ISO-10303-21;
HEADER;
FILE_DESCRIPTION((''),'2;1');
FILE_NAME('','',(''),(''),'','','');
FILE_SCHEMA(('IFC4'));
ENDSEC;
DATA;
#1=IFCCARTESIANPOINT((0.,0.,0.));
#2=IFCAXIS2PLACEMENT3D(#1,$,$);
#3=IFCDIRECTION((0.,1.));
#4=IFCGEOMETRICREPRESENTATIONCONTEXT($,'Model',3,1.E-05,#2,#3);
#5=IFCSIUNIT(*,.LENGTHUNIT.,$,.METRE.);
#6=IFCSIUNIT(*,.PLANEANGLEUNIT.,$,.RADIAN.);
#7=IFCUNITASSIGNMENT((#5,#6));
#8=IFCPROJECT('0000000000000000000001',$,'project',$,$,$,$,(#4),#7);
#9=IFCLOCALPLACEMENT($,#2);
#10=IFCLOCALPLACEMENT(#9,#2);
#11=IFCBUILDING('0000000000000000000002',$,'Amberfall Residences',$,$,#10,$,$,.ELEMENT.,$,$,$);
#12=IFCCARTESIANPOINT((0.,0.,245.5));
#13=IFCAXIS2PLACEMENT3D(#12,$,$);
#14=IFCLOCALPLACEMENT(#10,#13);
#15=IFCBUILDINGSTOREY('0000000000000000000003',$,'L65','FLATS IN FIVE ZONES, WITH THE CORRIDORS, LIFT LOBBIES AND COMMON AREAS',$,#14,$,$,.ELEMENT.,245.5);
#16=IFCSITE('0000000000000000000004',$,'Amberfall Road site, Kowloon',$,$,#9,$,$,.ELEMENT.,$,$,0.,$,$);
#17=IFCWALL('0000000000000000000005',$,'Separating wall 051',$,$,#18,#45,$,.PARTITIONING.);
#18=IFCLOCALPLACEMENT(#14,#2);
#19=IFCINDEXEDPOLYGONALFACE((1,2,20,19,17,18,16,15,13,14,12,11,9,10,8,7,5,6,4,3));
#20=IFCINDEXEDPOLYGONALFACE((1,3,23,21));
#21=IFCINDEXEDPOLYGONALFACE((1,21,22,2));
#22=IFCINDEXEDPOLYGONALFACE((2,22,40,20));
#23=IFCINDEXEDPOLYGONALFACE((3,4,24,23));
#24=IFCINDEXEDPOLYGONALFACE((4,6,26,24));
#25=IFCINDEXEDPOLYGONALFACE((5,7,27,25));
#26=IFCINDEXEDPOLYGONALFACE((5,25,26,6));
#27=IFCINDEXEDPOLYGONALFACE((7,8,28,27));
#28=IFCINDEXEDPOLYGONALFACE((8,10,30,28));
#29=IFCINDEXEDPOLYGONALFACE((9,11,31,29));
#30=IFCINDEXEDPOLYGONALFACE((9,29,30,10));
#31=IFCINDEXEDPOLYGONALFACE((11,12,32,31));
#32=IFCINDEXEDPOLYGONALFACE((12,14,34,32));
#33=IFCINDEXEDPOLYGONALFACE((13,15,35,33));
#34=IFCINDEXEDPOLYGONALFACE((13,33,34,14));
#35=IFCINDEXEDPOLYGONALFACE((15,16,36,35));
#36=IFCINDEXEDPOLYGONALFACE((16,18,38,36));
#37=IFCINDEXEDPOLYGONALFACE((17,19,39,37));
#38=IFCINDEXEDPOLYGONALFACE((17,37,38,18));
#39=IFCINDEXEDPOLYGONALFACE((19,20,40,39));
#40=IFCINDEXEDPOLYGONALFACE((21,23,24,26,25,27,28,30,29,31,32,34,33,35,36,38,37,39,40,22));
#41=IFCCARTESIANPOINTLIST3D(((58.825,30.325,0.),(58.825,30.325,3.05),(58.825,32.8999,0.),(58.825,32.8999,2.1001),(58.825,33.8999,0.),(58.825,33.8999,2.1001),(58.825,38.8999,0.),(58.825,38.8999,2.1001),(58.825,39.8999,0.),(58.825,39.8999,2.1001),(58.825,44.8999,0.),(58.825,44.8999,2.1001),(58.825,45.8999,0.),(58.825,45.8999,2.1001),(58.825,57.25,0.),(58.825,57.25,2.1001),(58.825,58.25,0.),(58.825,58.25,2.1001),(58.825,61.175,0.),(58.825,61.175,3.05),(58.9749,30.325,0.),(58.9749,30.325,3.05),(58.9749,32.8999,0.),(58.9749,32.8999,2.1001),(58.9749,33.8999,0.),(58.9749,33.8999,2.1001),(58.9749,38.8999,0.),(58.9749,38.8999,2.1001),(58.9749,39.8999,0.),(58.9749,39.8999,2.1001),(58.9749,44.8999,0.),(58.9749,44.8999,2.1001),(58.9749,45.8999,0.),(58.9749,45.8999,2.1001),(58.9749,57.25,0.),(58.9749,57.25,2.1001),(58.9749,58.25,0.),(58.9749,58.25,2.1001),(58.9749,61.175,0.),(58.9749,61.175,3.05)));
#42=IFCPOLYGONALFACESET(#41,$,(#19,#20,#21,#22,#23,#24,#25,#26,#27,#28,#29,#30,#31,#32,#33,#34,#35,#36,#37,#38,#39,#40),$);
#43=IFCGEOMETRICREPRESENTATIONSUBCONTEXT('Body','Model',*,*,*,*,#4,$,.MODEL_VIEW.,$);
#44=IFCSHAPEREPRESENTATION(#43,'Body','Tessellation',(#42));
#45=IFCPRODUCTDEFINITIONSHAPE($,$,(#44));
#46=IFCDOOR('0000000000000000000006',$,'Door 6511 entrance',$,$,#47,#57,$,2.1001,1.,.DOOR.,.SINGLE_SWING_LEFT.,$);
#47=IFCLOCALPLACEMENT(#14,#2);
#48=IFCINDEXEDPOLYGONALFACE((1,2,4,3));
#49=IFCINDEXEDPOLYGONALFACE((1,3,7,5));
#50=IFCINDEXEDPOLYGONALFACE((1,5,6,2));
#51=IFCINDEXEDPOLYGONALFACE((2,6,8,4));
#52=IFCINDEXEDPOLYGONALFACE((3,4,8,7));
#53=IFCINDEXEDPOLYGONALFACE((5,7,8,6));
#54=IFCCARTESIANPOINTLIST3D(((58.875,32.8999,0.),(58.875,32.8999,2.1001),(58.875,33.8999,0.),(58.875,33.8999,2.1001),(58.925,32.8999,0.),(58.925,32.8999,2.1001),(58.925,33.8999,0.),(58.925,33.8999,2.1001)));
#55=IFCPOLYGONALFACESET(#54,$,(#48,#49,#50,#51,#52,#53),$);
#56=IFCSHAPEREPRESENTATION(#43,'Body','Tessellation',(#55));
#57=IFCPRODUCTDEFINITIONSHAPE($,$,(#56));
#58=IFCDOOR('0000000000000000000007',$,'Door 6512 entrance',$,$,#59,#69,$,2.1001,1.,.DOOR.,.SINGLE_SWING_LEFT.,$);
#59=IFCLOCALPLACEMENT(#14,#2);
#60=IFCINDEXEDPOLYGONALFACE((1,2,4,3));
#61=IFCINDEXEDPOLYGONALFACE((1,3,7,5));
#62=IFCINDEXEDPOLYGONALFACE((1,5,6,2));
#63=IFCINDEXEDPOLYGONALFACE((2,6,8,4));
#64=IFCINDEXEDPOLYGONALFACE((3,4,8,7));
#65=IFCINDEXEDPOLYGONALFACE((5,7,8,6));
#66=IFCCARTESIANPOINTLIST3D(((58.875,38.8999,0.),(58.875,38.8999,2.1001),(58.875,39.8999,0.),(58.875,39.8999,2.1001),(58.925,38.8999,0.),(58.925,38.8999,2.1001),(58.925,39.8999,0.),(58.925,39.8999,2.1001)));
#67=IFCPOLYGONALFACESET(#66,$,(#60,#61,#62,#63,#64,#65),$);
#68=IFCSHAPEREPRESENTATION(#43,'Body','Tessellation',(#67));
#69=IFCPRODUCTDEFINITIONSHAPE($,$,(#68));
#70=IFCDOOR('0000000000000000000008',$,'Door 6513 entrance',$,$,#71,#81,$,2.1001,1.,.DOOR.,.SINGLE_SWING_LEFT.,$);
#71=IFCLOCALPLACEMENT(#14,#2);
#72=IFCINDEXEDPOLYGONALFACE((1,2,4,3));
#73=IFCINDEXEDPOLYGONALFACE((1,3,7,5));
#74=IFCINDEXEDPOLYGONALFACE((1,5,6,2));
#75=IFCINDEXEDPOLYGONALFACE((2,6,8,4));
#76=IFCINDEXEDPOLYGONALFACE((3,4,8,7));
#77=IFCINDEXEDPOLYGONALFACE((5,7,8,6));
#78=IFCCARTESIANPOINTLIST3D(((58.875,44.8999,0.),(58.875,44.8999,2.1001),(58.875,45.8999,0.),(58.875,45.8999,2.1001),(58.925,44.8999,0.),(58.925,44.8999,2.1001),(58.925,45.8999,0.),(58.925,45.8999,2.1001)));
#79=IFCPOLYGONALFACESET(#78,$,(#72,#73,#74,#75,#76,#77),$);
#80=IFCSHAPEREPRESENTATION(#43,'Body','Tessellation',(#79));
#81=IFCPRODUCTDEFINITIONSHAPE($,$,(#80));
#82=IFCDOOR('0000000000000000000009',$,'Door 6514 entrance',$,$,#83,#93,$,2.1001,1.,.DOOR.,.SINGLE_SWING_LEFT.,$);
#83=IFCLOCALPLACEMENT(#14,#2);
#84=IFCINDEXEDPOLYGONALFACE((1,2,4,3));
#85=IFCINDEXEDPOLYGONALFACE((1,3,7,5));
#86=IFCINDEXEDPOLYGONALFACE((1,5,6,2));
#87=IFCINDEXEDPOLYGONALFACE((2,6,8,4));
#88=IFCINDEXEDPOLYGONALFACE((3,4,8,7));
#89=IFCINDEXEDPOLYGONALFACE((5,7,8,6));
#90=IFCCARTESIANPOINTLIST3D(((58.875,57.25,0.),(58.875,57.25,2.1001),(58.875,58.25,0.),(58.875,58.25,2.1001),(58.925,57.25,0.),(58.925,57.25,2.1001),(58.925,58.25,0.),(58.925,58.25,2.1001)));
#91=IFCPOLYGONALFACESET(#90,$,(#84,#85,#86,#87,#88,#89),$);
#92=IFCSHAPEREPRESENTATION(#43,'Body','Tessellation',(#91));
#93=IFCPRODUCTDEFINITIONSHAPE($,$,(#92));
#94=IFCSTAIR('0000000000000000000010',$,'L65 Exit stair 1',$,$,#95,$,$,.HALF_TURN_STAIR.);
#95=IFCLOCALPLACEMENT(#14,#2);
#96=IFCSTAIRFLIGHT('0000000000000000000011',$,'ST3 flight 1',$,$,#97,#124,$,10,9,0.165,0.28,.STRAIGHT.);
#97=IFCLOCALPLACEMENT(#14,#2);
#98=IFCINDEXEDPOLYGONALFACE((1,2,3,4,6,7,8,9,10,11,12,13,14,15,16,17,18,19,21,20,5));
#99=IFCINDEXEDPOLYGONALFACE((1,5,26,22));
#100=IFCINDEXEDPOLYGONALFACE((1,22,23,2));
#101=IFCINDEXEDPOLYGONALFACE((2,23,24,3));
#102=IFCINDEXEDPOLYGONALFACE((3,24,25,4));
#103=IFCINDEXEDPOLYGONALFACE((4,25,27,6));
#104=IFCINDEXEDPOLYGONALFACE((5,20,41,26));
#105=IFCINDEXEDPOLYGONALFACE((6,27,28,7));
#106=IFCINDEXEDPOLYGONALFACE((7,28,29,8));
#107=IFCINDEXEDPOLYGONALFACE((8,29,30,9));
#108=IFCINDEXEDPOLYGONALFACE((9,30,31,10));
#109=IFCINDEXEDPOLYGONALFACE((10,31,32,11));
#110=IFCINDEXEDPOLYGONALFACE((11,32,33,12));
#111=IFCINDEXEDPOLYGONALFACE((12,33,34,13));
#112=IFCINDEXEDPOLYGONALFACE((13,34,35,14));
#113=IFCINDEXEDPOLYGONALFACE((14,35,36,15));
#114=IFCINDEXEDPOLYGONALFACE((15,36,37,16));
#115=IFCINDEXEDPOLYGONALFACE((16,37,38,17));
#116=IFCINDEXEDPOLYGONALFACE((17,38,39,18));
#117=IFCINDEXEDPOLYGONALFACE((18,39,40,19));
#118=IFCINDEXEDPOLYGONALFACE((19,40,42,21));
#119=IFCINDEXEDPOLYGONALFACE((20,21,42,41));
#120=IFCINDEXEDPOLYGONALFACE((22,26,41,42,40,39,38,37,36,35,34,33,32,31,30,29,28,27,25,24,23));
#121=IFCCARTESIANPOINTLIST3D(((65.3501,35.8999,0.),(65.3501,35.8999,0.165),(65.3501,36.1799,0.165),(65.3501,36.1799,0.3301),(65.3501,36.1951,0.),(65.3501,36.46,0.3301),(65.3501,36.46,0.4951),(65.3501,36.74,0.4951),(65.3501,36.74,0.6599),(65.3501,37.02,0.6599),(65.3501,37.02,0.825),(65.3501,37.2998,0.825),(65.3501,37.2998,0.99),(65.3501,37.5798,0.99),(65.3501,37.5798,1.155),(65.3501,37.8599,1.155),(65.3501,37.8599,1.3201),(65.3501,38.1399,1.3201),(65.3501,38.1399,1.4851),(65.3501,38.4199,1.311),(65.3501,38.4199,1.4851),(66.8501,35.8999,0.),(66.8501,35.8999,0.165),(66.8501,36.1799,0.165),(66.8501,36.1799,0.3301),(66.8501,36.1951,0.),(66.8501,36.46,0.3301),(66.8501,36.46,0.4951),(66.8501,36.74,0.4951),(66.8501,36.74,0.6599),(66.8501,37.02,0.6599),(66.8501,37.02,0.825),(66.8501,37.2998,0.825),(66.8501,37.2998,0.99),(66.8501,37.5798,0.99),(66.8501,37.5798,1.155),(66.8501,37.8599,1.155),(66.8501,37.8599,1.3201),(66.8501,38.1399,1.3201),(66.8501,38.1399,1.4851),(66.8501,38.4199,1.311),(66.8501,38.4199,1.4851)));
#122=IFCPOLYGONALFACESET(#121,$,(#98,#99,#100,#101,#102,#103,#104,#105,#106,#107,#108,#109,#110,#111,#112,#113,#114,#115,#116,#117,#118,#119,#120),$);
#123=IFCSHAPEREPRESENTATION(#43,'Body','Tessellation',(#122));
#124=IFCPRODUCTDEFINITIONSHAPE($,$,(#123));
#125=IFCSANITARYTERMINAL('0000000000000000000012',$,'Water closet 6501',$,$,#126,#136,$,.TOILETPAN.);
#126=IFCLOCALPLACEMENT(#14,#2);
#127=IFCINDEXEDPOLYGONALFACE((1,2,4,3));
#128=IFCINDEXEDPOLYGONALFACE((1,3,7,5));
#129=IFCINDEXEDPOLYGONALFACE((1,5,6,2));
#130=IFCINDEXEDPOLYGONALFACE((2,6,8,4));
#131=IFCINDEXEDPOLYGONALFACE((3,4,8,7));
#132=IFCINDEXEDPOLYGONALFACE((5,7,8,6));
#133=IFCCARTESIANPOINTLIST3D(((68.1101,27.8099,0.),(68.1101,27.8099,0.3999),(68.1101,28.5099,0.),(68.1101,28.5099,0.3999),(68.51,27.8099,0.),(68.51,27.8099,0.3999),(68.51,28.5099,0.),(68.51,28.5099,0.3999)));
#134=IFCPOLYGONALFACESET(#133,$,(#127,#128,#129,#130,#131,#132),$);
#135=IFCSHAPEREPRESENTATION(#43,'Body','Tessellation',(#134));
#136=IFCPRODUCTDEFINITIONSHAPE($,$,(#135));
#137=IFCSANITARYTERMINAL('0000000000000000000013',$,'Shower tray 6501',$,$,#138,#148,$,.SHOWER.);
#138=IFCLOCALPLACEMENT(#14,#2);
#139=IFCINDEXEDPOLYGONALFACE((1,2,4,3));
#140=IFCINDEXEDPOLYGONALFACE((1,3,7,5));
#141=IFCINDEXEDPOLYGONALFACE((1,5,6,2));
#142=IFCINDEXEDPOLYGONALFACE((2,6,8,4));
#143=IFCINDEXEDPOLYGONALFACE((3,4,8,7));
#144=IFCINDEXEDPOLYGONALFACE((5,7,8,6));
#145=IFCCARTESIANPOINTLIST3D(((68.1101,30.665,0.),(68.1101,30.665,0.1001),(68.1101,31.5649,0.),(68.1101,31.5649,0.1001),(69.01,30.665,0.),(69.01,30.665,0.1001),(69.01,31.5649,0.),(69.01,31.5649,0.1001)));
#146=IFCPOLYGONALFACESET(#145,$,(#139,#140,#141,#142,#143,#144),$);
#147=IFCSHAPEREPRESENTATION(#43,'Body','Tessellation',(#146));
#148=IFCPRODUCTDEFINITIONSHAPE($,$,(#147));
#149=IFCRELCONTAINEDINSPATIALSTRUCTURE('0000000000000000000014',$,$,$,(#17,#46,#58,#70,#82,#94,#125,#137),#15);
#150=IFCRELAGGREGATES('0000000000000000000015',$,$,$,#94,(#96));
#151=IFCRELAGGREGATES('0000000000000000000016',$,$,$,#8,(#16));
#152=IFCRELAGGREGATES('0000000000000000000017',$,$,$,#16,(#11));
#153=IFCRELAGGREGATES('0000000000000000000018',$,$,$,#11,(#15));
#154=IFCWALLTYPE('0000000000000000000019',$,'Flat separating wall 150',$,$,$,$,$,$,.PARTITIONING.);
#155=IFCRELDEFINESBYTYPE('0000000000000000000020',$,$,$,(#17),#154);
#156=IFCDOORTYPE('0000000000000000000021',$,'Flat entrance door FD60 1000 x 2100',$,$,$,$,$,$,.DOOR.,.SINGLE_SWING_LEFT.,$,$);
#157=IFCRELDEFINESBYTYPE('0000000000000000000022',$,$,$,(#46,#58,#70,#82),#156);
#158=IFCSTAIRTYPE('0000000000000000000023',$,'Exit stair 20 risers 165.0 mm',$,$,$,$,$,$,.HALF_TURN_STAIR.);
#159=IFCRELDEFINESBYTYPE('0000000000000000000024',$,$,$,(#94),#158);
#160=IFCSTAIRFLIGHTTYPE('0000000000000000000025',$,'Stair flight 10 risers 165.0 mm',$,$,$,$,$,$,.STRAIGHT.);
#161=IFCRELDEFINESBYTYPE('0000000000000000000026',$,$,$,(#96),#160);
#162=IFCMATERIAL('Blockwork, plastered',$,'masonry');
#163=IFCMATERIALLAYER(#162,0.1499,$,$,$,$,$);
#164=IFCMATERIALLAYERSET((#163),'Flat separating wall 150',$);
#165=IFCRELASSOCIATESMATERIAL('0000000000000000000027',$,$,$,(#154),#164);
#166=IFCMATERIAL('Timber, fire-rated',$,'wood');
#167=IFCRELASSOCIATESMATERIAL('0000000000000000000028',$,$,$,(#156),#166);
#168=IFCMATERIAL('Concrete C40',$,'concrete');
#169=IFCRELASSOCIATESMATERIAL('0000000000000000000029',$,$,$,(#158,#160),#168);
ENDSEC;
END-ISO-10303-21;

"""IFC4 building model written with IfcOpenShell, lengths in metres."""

from ifc_helpers import new_model, si_unit, direction, frame, frame_2d, origin, origin_2d, place, context, subcontext, project, spatial, polyline, rectangle, outline, extrude, material, layer, layer_set, type_object, element, fill, aggregate, save


model = new_model("IFC4")

# Units and contexts
model_context = context("Model", 3, precision=1e-05, world=origin(), true_north=direction((0.0, 1.0)))
body_context = subcontext(model_context, "Body", "Model", "MODEL_VIEW")
ifc_project = project(units=[si_unit("LENGTHUNIT", "METRE"), si_unit("PLANEANGLEUNIT", "RADIAN")], contexts=[model_context])

# Site, building, storey
site_placement = place(None, origin())
site = spatial("IfcSite", under=ifc_project, at=site_placement, Name="Amberfall Road site, Kowloon", CompositionType="ELEMENT", RefElevation=0.0)
building_placement = place(site_placement, origin())
building = spatial("IfcBuilding", under=site, at=building_placement, Name="Amberfall Residences", CompositionType="ELEMENT")
storey_placement = place(building_placement, frame((0.0, 0.0, 245.5)))
storey = spatial("IfcBuildingStorey", under=building, at=storey_placement, Name="L65", Description="FLATS IN FIVE ZONES, WITH THE CORRIDORS, LIFT LOBBIES AND COMMON AREAS", CompositionType="ELEMENT", Elevation=245.5)

# Wall, openings, doors
ifc_material_1 = material(Name="Blockwork, plastered", Category="masonry")
ifc_layer_1 = layer(ifc_material_1, 0.1499)
ifc_layer_set_1 = layer_set([ifc_layer_1], Name="Flat separating wall 150")
wall_type_1 = type_object("IfcWallType", Name="Flat separating wall 150", PredefinedType="PARTITIONING", material=ifc_layer_set_1)
wall_1_placement = place(storey_placement, frame((58.8999, 30.325, 0.0), z_axis=(0.0, 0.0, 1.0), x_axis=(0.0, 1.0, 0.0)))
wall_1 = element("IfcWall", 1, at=wall_1_placement, inside=storey, type_object=wall_type_1, Name="Separating wall 051", PredefinedType="PARTITIONING", context=body_context, shape_type="SweptSolid", body=[
    extrude(rectangle(XDim=30.8501, YDim=0.1499, at=frame_2d((15.425, 0.0))), origin(), (0.0, 0.0, 1.0), 3.05),
])
opening_1_placement = place(wall_1_placement, frame((2.575, 0.0, 0.0)))
opening_1 = element("IfcOpeningElement", 2, at=opening_1_placement, cuts=wall_1, PredefinedType="OPENING", context=body_context, shape_type="SweptSolid", body=[
    extrude(rectangle(XDim=1.0, YDim=2.1001, at=frame_2d((0.5, 1.05))), frame((0.0, 0.085, 0.0), z_axis=(0.0, -1.0, 0.0), x_axis=(1.0, 0.0, 0.0)), (0.0, 0.0, 1.0), 0.1699),
])
opening_2_placement = place(wall_1_placement, frame((8.575, 0.0, 0.0)))
opening_2 = element("IfcOpeningElement", 3, at=opening_2_placement, cuts=wall_1, PredefinedType="OPENING", context=body_context, shape_type="SweptSolid", body=[
    extrude(rectangle(XDim=1.0, YDim=2.1001, at=frame_2d((0.5, 1.05))), frame((0.0, 0.085, 0.0), z_axis=(0.0, -1.0, 0.0), x_axis=(1.0, 0.0, 0.0)), (0.0, 0.0, 1.0), 0.1699),
])
opening_3_placement = place(wall_1_placement, frame((14.575, 0.0, 0.0)))
opening_3 = element("IfcOpeningElement", 4, at=opening_3_placement, cuts=wall_1, PredefinedType="OPENING", context=body_context, shape_type="SweptSolid", body=[
    extrude(rectangle(XDim=1.0, YDim=2.1001, at=frame_2d((0.5, 1.05))), frame((0.0, 0.085, 0.0), z_axis=(0.0, -1.0, 0.0), x_axis=(1.0, 0.0, 0.0)), (0.0, 0.0, 1.0), 0.1699),
])
opening_4_placement = place(wall_1_placement, frame((26.925, 0.0, 0.0)))
opening_4 = element("IfcOpeningElement", 5, at=opening_4_placement, cuts=wall_1, PredefinedType="OPENING", context=body_context, shape_type="SweptSolid", body=[
    extrude(rectangle(XDim=1.0, YDim=2.1001, at=frame_2d((0.5, 1.05))), frame((0.0, 0.085, 0.0), z_axis=(0.0, -1.0, 0.0), x_axis=(1.0, 0.0, 0.0)), (0.0, 0.0, 1.0), 0.1699),
])
ifc_material_2 = material(Name="Timber, fire-rated", Category="wood")
door_type_1 = type_object("IfcDoorType", Name="Flat entrance door FD60 1000 x 2100", OperationType="SINGLE_SWING_LEFT", PredefinedType="DOOR", material=ifc_material_2)
door_1_placement = place(opening_1_placement, origin())
door_1 = element("IfcDoor", 6, at=door_1_placement, inside=storey, type_object=door_type_1, Name="Door 6511 entrance", OperationType="SINGLE_SWING_LEFT", OverallHeight=2.1001, OverallWidth=1.0, PredefinedType="DOOR", context=body_context, shape_type="SweptSolid", body=[
    extrude(rectangle(XDim=1.0, YDim=2.1001, at=frame_2d((0.5, 1.05))), frame((0.0, 0.0249, 0.0), z_axis=(0.0, -1.0, 0.0), x_axis=(1.0, 0.0, 0.0)), (0.0, 0.0, 1.0), 0.05),
])
fill(opening_1, door_1)
door_2_placement = place(opening_2_placement, origin())
door_2 = element("IfcDoor", 7, at=door_2_placement, inside=storey, type_object=door_type_1, Name="Door 6512 entrance", OperationType="SINGLE_SWING_LEFT", OverallHeight=2.1001, OverallWidth=1.0, PredefinedType="DOOR", context=body_context, shape_type="SweptSolid", body=[
    extrude(rectangle(XDim=1.0, YDim=2.1001, at=frame_2d((0.5, 1.05))), frame((0.0, 0.0249, 0.0), z_axis=(0.0, -1.0, 0.0), x_axis=(1.0, 0.0, 0.0)), (0.0, 0.0, 1.0), 0.05),
])
fill(opening_2, door_2)
door_3_placement = place(opening_3_placement, origin())
door_3 = element("IfcDoor", 8, at=door_3_placement, inside=storey, type_object=door_type_1, Name="Door 6513 entrance", OperationType="SINGLE_SWING_LEFT", OverallHeight=2.1001, OverallWidth=1.0, PredefinedType="DOOR", context=body_context, shape_type="SweptSolid", body=[
    extrude(rectangle(XDim=1.0, YDim=2.1001, at=frame_2d((0.5, 1.05))), frame((0.0, 0.0249, 0.0), z_axis=(0.0, -1.0, 0.0), x_axis=(1.0, 0.0, 0.0)), (0.0, 0.0, 1.0), 0.05),
])
fill(opening_3, door_3)
door_4_placement = place(opening_4_placement, origin())
door_4 = element("IfcDoor", 9, at=door_4_placement, inside=storey, type_object=door_type_1, Name="Door 6514 entrance", OperationType="SINGLE_SWING_LEFT", OverallHeight=2.1001, OverallWidth=1.0, PredefinedType="DOOR", context=body_context, shape_type="SweptSolid", body=[
    extrude(rectangle(XDim=1.0, YDim=2.1001, at=frame_2d((0.5, 1.05))), frame((0.0, 0.0249, 0.0), z_axis=(0.0, -1.0, 0.0), x_axis=(1.0, 0.0, 0.0)), (0.0, 0.0, 1.0), 0.05),
])
fill(opening_4, door_4)

# Stair, stair flight
ifc_material_3 = material(Name="Concrete C40", Category="concrete")
stair_type = type_object("IfcStairType", Name="Exit stair 20 risers 165.0 mm", PredefinedType="HALF_TURN_STAIR", material=ifc_material_3)
stair_placement = place(storey_placement, origin())
stair = element("IfcStair", 10, at=stair_placement, inside=storey, type_object=stair_type, Name="L65 Exit stair 1", PredefinedType="HALF_TURN_STAIR")
stair_flight_type = type_object("IfcStairFlightType", Name="Stair flight 10 risers 165.0 mm", PredefinedType="STRAIGHT", material=ifc_material_3)
stair_flight_placement = place(storey_placement, frame((66.1001, 35.8999, 0.0), z_axis=(0.0, 0.0, 1.0), x_axis=(0.0, 1.0, 0.0)))
stair_flight = element("IfcStairFlight", 11, at=stair_flight_placement, type_object=stair_flight_type, Name="ST3 flight 1", NumberOfRisers=10, NumberOfTreads=9, PredefinedType="STRAIGHT", RiserHeight=0.165, TreadLength=0.28, context=body_context, shape_type="SweptSolid", body=[
    extrude(outline(polyline([(0.0, 0.0), (0.0, 0.165), (0.28, 0.165), (0.28, 0.3301), (0.5601, 0.3301), (0.5601, 0.4951), (0.8401, 0.4951), (0.8401, 0.6599), (1.1201, 0.6599), (1.1201, 0.825), (1.3999, 0.825), (1.3999, 0.99), (1.6799, 0.99), (1.6799, 1.155), (1.96, 1.155), (1.96, 1.3201), (2.24, 1.3201), (2.24, 1.4851), (2.52, 1.4851), (2.52, 1.6499), (2.52, 1.311), (0.2952, 0.0), (0.0, 0.0)])), frame((0.0, 0.75, 0.0), z_axis=(0.0, -1.0, 0.0), x_axis=(1.0, 0.0, 0.0)), (0.0, 0.0, 1.0), 1.5),
])
aggregate(stair, [stair_flight])

# Sanitary terminals
sanitary_terminal_1_placement = place(storey_placement, frame((68.3101, 28.1599, 0.0), z_axis=(0.0, 0.0, 1.0), x_axis=(1.0, 0.0, 0.0)))
element("IfcSanitaryTerminal", 12, at=sanitary_terminal_1_placement, inside=storey, Name="Water closet 6501", PredefinedType="TOILETPAN", context=body_context, shape_type="SweptSolid", body=[
    extrude(rectangle(XDim=0.3999, YDim=0.7, at=origin_2d()), origin(), (0.0, 0.0, 1.0), 0.3999),
])
sanitary_terminal_2_placement = place(storey_placement, frame((68.5601, 31.115, 0.0), z_axis=(0.0, 0.0, 1.0), x_axis=(1.0, 0.0, 0.0)))
element("IfcSanitaryTerminal", 13, at=sanitary_terminal_2_placement, inside=storey, Name="Shower tray 6501", PredefinedType="SHOWER", context=body_context, shape_type="SweptSolid", body=[
    extrude(rectangle(XDim=0.8999, YDim=0.8999, at=origin_2d()), origin(), (0.0, 0.0, 1.0), 0.1001),
])

save(model, "model.ifc")
